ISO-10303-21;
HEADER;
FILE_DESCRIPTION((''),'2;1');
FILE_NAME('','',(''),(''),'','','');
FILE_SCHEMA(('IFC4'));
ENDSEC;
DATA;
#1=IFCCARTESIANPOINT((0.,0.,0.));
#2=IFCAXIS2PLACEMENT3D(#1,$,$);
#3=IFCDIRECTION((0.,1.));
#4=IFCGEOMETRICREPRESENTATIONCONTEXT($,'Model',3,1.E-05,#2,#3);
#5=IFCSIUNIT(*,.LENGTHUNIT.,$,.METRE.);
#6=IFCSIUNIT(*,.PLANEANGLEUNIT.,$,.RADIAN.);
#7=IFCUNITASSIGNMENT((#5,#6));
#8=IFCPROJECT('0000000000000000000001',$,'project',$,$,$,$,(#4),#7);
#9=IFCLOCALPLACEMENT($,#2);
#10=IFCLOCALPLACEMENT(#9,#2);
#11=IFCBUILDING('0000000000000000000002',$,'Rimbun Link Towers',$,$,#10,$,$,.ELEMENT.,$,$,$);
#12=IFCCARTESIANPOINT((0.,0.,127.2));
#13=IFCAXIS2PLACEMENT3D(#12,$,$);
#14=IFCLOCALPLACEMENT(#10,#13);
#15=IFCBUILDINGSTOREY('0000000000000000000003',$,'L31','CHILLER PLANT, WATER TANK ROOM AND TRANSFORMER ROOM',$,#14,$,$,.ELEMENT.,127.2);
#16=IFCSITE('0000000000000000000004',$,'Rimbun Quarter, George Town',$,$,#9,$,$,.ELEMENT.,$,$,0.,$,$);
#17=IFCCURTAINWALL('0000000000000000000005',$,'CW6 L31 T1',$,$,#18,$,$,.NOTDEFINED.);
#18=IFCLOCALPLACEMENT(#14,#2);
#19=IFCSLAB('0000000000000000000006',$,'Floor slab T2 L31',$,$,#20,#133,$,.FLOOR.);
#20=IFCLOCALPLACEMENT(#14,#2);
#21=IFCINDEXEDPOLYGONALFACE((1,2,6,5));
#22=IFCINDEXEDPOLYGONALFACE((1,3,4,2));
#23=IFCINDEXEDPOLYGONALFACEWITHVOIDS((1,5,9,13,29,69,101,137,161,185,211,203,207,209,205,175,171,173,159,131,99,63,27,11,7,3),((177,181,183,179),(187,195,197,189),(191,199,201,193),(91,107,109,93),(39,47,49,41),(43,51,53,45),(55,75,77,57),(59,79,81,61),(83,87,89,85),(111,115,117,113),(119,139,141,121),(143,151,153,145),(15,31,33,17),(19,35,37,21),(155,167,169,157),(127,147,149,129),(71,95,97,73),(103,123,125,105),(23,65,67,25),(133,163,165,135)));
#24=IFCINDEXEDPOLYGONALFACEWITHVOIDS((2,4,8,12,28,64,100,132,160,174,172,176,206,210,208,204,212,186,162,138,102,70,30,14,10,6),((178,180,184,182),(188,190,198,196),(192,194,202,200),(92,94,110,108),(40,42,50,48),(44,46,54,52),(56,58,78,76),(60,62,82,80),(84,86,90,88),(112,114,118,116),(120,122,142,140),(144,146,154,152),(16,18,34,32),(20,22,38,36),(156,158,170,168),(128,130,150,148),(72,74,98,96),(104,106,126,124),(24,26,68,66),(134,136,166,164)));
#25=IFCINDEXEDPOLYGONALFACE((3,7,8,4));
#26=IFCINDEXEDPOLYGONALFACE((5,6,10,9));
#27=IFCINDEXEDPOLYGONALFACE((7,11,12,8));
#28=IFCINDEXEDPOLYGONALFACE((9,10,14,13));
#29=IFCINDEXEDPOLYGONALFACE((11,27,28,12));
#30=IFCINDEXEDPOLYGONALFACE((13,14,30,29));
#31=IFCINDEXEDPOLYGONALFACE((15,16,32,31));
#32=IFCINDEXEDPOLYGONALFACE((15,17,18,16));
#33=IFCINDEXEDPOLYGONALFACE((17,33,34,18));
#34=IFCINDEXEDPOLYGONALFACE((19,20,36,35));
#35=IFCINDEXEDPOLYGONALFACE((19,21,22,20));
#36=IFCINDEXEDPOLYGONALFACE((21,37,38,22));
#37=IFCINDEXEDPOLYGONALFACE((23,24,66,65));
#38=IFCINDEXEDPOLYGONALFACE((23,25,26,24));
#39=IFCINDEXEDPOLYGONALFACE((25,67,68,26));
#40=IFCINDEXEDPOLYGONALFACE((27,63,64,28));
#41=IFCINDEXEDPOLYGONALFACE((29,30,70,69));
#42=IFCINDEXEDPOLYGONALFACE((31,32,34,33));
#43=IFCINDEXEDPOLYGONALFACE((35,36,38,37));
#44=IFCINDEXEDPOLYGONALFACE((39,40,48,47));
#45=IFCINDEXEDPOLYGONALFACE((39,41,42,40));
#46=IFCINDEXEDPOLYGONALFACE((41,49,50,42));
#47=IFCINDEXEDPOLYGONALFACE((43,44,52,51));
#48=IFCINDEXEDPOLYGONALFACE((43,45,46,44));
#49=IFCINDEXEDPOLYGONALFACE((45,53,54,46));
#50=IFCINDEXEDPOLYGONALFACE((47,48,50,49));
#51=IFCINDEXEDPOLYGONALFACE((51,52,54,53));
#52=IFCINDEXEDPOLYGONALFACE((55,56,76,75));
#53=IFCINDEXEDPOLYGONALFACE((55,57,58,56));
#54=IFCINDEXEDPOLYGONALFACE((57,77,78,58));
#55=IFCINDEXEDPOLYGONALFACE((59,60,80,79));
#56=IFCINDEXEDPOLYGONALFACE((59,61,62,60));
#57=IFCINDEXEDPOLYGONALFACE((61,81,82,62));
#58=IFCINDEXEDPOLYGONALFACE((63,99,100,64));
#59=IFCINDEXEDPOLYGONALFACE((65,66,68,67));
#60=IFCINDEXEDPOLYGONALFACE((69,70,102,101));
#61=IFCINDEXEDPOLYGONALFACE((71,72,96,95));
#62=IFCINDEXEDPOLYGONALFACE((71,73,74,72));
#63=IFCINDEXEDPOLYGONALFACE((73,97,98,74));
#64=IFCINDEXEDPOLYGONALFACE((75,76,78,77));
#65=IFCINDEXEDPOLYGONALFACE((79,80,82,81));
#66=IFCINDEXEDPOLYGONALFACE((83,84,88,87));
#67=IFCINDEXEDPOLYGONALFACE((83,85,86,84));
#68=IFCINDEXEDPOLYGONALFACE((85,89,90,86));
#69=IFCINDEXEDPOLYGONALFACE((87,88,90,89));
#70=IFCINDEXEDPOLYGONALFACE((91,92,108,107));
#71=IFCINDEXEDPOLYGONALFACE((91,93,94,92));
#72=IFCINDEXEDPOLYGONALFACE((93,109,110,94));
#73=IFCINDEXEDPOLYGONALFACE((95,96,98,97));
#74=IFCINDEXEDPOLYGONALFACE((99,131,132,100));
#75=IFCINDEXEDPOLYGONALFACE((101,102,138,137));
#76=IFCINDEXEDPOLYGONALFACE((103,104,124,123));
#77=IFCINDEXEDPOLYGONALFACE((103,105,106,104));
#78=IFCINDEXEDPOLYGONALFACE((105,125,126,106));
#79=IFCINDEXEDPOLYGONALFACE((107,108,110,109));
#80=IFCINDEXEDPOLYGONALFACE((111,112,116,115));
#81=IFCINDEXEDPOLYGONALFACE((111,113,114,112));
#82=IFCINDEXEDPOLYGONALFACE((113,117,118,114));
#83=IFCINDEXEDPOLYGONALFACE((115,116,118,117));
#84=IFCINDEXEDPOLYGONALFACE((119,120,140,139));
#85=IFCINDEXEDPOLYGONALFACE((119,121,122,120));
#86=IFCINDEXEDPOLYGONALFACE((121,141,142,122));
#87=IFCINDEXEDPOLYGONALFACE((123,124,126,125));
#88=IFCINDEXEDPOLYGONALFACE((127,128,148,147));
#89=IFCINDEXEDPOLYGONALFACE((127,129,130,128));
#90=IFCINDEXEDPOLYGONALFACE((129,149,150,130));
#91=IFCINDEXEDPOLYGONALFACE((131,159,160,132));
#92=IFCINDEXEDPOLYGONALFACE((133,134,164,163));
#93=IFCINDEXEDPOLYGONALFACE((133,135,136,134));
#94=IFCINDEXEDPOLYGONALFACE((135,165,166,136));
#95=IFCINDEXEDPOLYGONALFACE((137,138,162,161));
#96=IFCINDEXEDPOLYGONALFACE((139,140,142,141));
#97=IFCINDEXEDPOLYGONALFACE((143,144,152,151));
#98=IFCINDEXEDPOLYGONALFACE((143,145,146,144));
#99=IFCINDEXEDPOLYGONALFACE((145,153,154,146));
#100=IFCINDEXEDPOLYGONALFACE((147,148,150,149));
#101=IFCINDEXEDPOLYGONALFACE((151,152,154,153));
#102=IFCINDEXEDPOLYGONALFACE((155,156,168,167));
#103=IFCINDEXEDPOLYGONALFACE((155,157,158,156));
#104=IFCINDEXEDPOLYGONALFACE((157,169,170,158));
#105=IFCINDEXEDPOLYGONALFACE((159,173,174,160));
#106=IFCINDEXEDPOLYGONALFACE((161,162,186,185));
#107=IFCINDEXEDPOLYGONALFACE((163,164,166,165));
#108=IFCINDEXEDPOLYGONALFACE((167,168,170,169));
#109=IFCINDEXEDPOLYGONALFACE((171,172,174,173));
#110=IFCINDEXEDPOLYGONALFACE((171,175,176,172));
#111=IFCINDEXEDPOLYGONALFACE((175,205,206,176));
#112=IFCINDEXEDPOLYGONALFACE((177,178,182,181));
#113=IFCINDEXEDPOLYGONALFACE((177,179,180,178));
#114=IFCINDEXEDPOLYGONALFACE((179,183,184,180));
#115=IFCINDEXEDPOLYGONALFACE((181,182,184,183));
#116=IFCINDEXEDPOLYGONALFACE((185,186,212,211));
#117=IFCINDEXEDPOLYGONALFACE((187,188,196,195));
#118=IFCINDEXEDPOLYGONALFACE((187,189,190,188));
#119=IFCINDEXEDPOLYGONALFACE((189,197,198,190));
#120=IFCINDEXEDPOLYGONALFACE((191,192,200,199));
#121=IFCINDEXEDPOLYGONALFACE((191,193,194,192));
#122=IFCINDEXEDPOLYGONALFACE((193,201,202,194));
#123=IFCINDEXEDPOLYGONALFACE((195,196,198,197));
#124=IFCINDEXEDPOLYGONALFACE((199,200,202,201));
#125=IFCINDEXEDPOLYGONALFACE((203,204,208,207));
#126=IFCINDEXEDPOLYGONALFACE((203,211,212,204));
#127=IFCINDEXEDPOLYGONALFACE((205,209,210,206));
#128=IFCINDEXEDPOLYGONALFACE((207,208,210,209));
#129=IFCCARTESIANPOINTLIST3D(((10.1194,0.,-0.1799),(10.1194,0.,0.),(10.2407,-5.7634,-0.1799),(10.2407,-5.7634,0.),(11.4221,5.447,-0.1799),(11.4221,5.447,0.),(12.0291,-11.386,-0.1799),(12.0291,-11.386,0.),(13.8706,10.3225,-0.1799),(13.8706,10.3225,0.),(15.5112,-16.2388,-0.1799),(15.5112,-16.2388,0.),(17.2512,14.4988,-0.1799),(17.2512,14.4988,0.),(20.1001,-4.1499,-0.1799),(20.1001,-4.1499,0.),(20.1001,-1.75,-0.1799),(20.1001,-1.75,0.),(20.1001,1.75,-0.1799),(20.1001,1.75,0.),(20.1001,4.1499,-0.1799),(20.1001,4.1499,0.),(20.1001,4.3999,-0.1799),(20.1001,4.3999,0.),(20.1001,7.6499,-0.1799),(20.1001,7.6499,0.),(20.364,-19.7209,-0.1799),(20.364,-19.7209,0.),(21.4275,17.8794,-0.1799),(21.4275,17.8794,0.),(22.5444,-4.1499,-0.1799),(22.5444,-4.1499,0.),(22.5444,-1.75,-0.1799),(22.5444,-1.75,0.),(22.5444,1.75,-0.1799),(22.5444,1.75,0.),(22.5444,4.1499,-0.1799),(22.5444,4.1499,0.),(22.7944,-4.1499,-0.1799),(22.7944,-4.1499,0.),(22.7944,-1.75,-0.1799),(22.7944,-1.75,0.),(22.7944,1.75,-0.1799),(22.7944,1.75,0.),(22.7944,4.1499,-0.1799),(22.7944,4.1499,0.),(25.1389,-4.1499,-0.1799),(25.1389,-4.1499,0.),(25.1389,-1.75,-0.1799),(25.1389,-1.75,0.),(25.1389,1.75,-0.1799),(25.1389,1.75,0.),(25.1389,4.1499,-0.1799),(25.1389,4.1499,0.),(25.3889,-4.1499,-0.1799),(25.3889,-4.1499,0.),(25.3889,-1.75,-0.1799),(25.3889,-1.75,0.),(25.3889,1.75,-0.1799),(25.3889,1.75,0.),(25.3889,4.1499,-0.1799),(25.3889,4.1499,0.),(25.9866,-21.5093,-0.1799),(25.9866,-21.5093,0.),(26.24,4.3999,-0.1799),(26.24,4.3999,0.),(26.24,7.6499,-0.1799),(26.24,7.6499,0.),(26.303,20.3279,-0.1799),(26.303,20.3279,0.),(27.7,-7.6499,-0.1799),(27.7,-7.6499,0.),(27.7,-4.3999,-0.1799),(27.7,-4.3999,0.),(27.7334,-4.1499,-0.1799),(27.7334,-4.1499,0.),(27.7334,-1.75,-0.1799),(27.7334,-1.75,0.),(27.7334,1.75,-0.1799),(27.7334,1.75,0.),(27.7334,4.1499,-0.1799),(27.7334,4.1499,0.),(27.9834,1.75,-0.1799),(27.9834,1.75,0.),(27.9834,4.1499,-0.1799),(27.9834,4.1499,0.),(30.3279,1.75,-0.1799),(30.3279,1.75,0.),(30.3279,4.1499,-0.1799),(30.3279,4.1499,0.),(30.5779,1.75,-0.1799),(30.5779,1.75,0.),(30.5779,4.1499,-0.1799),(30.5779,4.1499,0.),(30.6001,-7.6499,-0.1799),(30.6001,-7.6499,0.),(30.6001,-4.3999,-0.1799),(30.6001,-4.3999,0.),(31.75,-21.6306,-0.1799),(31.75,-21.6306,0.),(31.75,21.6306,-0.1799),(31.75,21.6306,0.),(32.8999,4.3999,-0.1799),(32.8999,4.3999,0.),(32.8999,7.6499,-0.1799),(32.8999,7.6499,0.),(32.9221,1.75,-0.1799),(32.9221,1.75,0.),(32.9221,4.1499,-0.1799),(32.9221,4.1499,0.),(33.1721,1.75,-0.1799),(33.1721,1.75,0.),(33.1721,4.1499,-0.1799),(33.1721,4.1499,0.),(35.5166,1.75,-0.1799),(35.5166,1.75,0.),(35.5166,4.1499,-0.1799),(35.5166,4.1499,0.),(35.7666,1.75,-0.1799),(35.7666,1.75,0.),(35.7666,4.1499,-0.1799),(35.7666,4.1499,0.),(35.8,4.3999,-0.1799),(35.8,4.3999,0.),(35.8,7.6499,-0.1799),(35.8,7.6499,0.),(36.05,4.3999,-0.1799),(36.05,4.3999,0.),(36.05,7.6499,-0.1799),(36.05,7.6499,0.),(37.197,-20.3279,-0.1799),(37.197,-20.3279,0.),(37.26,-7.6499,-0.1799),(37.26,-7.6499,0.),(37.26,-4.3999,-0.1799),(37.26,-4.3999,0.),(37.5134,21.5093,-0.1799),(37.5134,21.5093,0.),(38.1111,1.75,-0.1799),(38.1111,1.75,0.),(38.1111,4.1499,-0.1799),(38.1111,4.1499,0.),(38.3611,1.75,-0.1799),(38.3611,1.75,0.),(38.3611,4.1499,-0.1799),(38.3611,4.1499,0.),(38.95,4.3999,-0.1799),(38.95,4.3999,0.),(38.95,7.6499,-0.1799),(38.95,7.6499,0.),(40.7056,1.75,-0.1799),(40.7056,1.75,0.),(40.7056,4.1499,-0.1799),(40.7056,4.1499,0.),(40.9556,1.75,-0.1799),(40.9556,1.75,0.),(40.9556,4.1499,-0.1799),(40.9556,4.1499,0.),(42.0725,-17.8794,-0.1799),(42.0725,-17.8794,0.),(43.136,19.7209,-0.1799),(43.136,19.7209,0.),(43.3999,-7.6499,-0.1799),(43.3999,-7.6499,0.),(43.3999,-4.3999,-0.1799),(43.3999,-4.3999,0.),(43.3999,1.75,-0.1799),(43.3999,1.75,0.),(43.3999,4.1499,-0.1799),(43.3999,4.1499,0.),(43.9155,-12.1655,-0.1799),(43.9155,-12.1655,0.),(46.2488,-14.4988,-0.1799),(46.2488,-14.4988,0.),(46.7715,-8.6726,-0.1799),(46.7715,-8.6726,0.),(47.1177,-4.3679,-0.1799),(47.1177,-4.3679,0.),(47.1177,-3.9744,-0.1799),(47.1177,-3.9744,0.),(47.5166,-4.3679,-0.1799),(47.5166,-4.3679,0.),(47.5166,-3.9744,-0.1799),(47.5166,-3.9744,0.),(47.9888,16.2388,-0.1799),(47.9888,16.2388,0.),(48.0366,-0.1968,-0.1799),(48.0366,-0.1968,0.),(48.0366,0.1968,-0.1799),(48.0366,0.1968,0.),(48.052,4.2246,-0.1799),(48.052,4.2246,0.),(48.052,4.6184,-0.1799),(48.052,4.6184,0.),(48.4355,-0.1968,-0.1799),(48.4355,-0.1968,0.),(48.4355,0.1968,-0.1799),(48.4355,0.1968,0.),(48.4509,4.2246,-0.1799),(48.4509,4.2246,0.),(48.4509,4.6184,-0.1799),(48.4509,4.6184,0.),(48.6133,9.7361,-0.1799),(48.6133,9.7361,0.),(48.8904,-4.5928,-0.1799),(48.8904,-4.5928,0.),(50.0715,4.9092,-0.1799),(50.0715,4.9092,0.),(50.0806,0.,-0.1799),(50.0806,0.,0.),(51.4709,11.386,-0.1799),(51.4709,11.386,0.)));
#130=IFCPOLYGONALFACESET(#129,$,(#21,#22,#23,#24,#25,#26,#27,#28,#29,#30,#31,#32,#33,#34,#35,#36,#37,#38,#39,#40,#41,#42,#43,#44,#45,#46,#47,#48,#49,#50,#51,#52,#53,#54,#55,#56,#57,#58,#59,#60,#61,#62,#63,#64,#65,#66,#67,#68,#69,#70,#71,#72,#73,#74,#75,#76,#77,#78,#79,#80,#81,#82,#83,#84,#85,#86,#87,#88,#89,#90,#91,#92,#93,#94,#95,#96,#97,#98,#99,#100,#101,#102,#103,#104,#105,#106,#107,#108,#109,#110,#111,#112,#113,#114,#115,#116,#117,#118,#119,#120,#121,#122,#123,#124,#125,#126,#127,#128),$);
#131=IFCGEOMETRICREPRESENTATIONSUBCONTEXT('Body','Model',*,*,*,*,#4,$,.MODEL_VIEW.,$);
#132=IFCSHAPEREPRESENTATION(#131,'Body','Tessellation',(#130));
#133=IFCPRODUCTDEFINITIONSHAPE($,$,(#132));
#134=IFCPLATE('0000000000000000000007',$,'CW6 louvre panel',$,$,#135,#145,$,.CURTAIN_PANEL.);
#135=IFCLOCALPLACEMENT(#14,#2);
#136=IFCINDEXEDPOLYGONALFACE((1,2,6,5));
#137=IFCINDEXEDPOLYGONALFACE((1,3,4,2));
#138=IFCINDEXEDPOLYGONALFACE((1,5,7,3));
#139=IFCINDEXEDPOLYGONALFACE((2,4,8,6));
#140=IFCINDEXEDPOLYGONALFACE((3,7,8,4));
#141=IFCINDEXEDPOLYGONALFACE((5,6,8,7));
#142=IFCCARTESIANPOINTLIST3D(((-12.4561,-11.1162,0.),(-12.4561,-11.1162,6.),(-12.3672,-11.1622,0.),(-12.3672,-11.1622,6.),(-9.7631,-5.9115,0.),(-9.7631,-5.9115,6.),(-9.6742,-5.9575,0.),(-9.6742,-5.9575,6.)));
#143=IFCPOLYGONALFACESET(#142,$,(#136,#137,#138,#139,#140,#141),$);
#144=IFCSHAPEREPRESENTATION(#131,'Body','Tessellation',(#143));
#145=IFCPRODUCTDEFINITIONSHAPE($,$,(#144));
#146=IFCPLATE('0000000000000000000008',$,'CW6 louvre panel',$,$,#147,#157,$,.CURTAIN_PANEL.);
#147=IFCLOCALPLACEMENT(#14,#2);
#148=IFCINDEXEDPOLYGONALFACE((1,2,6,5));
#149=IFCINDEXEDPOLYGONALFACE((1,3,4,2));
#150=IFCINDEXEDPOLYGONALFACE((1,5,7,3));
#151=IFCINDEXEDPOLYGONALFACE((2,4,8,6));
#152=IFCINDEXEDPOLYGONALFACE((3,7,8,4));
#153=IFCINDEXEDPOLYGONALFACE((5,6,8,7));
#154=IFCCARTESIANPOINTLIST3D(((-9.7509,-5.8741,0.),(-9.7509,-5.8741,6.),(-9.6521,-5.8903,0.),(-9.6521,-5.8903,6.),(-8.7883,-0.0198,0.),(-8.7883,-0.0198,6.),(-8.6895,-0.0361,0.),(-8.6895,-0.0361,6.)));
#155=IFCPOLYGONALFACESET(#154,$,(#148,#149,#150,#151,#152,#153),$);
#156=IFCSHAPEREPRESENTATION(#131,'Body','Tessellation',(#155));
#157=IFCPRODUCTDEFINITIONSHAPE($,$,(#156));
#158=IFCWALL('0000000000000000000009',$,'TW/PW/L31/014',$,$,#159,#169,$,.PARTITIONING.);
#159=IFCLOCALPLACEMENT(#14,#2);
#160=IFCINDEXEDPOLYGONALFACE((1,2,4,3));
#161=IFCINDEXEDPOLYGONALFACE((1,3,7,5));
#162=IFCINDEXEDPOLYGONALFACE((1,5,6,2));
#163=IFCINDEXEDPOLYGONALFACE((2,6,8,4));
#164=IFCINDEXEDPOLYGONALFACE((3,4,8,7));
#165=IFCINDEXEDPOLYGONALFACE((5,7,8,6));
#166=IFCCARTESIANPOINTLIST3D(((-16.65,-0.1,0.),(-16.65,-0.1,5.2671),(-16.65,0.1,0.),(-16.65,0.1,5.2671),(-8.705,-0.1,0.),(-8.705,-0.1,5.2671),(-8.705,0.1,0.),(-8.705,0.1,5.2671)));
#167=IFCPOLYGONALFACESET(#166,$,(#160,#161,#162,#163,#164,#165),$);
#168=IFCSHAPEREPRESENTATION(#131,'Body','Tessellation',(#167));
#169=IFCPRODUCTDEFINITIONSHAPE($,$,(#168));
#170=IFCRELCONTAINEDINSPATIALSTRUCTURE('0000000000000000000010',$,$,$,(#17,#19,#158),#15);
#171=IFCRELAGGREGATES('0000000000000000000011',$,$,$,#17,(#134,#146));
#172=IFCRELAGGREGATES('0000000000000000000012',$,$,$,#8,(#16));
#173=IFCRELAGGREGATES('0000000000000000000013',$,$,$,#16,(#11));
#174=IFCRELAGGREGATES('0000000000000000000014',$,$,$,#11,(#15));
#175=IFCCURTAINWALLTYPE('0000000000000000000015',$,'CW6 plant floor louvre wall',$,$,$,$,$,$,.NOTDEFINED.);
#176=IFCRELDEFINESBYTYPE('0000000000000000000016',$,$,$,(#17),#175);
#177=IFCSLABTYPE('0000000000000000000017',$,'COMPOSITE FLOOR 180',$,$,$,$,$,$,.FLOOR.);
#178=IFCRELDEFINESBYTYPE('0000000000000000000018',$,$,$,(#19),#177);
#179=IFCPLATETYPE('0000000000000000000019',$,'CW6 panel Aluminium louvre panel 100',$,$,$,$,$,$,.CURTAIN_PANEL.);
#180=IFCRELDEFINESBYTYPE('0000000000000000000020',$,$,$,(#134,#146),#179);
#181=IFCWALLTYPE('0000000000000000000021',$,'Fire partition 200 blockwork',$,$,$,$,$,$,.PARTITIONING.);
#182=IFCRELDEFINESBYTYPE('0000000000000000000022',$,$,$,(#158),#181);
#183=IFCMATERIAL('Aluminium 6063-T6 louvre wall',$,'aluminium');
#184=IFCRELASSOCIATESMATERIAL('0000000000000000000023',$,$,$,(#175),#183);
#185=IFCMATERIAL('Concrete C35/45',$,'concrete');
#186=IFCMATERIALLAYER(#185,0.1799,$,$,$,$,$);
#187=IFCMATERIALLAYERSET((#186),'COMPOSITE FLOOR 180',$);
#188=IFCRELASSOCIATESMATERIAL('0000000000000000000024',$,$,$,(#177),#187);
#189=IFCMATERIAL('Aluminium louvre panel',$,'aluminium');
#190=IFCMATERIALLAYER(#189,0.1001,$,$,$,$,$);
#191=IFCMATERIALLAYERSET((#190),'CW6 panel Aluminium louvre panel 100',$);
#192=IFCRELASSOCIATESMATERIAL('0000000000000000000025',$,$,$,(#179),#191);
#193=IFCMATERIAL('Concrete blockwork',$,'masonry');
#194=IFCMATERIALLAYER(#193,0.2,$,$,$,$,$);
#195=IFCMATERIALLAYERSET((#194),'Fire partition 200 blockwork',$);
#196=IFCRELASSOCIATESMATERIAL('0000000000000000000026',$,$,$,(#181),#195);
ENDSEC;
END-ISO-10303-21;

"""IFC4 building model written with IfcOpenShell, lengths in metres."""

from ifc_helpers import new_model, si_unit, direction, frame, frame_2d, origin, origin_2d, place, context, subcontext, project, spatial, polyline, rectangle, outline, extrude, material, layer, layer_set, type_object, element, aggregate, save


model = new_model("IFC4")

# Units and contexts
model_context = context("Model", 3, precision=1e-05, world=origin(), true_north=direction((0.0, 1.0)))
body_context = subcontext(model_context, "Body", "Model", "MODEL_VIEW")
ifc_project = project(units=[si_unit("LENGTHUNIT", "METRE"), si_unit("PLANEANGLEUNIT", "RADIAN")], contexts=[model_context])

# Site, building, storey
site_placement = place(None, origin())
site = spatial("IfcSite", under=ifc_project, at=site_placement, Name="Rimbun Quarter, George Town", CompositionType="ELEMENT", RefElevation=0.0)
building_placement = place(site_placement, origin())
building = spatial("IfcBuilding", under=site, at=building_placement, Name="Rimbun Link Towers", CompositionType="ELEMENT")
storey_placement = place(building_placement, frame((0.0, 0.0, 127.2)))
storey = spatial("IfcBuildingStorey", under=building, at=storey_placement, Name="L31", Description="CHILLER PLANT, WATER TANK ROOM AND TRANSFORMER ROOM", CompositionType="ELEMENT", Elevation=127.2)

# Curtain wall
ifc_material_1 = material(Name="Aluminium 6063-T6 louvre wall", Category="aluminium")
curtain_wall_type = type_object("IfcCurtainWallType", Name="CW6 plant floor louvre wall", PredefinedType="NOTDEFINED", material=ifc_material_1)
curtain_wall_placement = place(storey_placement, origin())
curtain_wall = element("IfcCurtainWall", 1, at=curtain_wall_placement, inside=storey, type_object=curtain_wall_type, Name="CW6 L31 T1", PredefinedType="NOTDEFINED")

# Slab
ifc_material_2 = material(Name="Concrete C35/45", Category="concrete")
ifc_layer_1 = layer(ifc_material_2, 0.1799)
ifc_layer_set_1 = layer_set([ifc_layer_1], Name="COMPOSITE FLOOR 180")
slab_type = type_object("IfcSlabType", Name="COMPOSITE FLOOR 180", PredefinedType="FLOOR", material=ifc_layer_set_1)
slab_1_placement = place(storey_placement, frame((0.0, 0.0, -0.1799)))
element("IfcSlab", 2, at=slab_1_placement, inside=storey, type_object=slab_type, Name="Floor slab T2 L31", PredefinedType="FLOOR", context=body_context, shape_type="SweptSolid", body=[
    extrude(outline(polyline([(42.0725, -17.8794), (37.197, -20.3279), (31.75, -21.6306), (25.9866, -21.5093), (20.364, -19.7209), (15.5112, -16.2388), (12.0291, -11.386), (10.2407, -5.7634), (10.1194, 0.0), (11.4221, 5.447), (13.8706, 10.3225), (17.2512, 14.4988), (21.4275, 17.8794), (26.303, 20.3279), (31.75, 21.6306), (37.5134, 21.5093), (43.136, 19.7209), (47.9888, 16.2388), (51.4709, 11.386), (48.6133, 9.7361), (50.0715, 4.9092), (50.0806, 0.0), (48.8904, -4.5928), (46.7715, -8.6726), (43.9155, -12.1655), (46.2488, -14.4988), (42.0725, -17.8794)]), holes=[polyline([(30.6001, -7.6499), (30.6001, -4.3999), (27.7, -4.3999), (27.7, -7.6499), (30.6001, -7.6499)]), polyline([(22.5444, -4.1499), (22.5444, -1.75), (20.1001, -1.75), (20.1001, -4.1499), (22.5444, -4.1499)]), polyline([(25.1389, -4.1499), (25.1389, -1.75), (22.7944, -1.75), (22.7944, -4.1499), (25.1389, -4.1499)]), polyline([(25.3889, -4.1499), (27.7334, -4.1499), (27.7334, -1.75), (25.3889, -1.75), (25.3889, -4.1499)]), polyline([(20.1001, 1.75), (22.5444, 1.75), (22.5444, 4.1499), (20.1001, 4.1499), (20.1001, 1.75)]), polyline([(25.1389, 1.75), (25.1389, 4.1499), (22.7944, 4.1499), (22.7944, 1.75), (25.1389, 1.75)]), polyline([(27.7334, 1.75), (27.7334, 4.1499), (25.3889, 4.1499), (25.3889, 1.75), (27.7334, 1.75)]), polyline([(30.3279, 1.75), (30.3279, 4.1499), (27.9834, 4.1499), (27.9834, 1.75), (30.3279, 1.75)]), polyline([(30.5779, 1.75), (32.9221, 1.75), (32.9221, 4.1499), (30.5779, 4.1499), (30.5779, 1.75)]), polyline([(20.1001, 4.3999), (26.24, 4.3999), (26.24, 7.6499), (20.1001, 7.6499), (20.1001, 4.3999)]), polyline([(43.3999, -7.6499), (43.3999, -4.3999), (37.26, -4.3999), (37.26, -7.6499), (43.3999, -7.6499)]), polyline([(47.5166, -4.3679), (47.5166, -3.9744), (47.1177, -3.9744), (47.1177, -4.3679), (47.5166, -4.3679)]), polyline([(48.4355, -0.1968), (48.4355, 0.1968), (48.0366, 0.1968), (48.0366, -0.1968), (48.4355, -0.1968)]), polyline([(33.1721, 1.75), (35.5166, 1.75), (35.5166, 4.1499), (33.1721, 4.1499), (33.1721, 1.75)]), polyline([(35.7666, 1.75), (38.1111, 1.75), (38.1111, 4.1499), (35.7666, 4.1499), (35.7666, 1.75)]), polyline([(40.7056, 1.75), (40.7056, 4.1499), (38.3611, 4.1499), (38.3611, 1.75), (40.7056, 1.75)]), polyline([(43.3999, 1.75), (43.3999, 4.1499), (40.9556, 4.1499), (40.9556, 1.75), (43.3999, 1.75)]), polyline([(48.4509, 4.2246), (48.4509, 4.6184), (48.052, 4.6184), (48.052, 4.2246), (48.4509, 4.2246)]), polyline([(32.8999, 4.3999), (35.8, 4.3999), (35.8, 7.6499), (32.8999, 7.6499), (32.8999, 4.3999)]), polyline([(36.05, 4.3999), (38.95, 4.3999), (38.95, 7.6499), (36.05, 7.6499), (36.05, 4.3999)])]), origin(), (0.0, 0.0, 1.0), 0.1799),
])

# Plates
ifc_material_3 = material(Name="Aluminium louvre panel", Category="aluminium")
ifc_layer_2 = layer(ifc_material_3, 0.1001)
ifc_layer_set_2 = layer_set([ifc_layer_2], Name="CW6 panel Aluminium louvre panel 100")
plate_type = type_object("IfcPlateType", Name="CW6 panel Aluminium louvre panel 100", PredefinedType="CURTAIN_PANEL", material=ifc_layer_set_2)
plate_1_placement = place(storey_placement, frame((-11.0652, -8.5369, 0.0), z_axis=(0.0, 0.0, 1.0), x_axis=(-0.45955, -0.888152, 0.0)))
plate_1 = element("IfcPlate", 3, at=plate_1_placement, type_object=plate_type, Name="CW6 louvre panel", PredefinedType="CURTAIN_PANEL", context=body_context, shape_type="SweptSolid", body=[
    extrude(rectangle(XDim=5.8601, YDim=0.1001, at=origin_2d()), origin(), (0.0, 0.0, 1.0), 6.0),
])
plate_2_placement = place(storey_placement, frame((-9.2202, -2.9551, 0.0), z_axis=(0.0, 0.0, 1.0), x_axis=(-0.162248, -0.98675, 0.0)))
plate_2 = element("IfcPlate", 4, at=plate_2_placement, type_object=plate_type, Name="CW6 louvre panel", PredefinedType="CURTAIN_PANEL", context=body_context, shape_type="SweptSolid", body=[
    extrude(rectangle(XDim=5.9329, YDim=0.1001, at=origin_2d()), origin(), (0.0, 0.0, 1.0), 6.0),
])
aggregate(curtain_wall, [plate_1, plate_2])

# Wall
ifc_material_4 = material(Name="Concrete blockwork", Category="masonry")
ifc_layer_3 = layer(ifc_material_4, 0.2)
ifc_layer_set_3 = layer_set([ifc_layer_3], Name="Fire partition 200 blockwork")
wall_type = type_object("IfcWallType", Name="Fire partition 200 blockwork", PredefinedType="PARTITIONING", material=ifc_layer_set_3)
wall_placement = place(storey_placement, frame((-8.7048, 0.0, 0.0), z_axis=(0.0, 0.0, 1.0), x_axis=(-1.0, 0.0, 0.0)))
element("IfcWall", 5, at=wall_placement, inside=storey, type_object=wall_type, Name="TW/PW/L31/014", PredefinedType="PARTITIONING", context=body_context, shape_type="SweptSolid", body=[
    extrude(rectangle(XDim=7.9451, YDim=0.2, at=frame_2d((3.9727, 0.0))), origin(), (0.0, 0.0, 1.0), 5.2671),
])

save(model, "model.ifc")
